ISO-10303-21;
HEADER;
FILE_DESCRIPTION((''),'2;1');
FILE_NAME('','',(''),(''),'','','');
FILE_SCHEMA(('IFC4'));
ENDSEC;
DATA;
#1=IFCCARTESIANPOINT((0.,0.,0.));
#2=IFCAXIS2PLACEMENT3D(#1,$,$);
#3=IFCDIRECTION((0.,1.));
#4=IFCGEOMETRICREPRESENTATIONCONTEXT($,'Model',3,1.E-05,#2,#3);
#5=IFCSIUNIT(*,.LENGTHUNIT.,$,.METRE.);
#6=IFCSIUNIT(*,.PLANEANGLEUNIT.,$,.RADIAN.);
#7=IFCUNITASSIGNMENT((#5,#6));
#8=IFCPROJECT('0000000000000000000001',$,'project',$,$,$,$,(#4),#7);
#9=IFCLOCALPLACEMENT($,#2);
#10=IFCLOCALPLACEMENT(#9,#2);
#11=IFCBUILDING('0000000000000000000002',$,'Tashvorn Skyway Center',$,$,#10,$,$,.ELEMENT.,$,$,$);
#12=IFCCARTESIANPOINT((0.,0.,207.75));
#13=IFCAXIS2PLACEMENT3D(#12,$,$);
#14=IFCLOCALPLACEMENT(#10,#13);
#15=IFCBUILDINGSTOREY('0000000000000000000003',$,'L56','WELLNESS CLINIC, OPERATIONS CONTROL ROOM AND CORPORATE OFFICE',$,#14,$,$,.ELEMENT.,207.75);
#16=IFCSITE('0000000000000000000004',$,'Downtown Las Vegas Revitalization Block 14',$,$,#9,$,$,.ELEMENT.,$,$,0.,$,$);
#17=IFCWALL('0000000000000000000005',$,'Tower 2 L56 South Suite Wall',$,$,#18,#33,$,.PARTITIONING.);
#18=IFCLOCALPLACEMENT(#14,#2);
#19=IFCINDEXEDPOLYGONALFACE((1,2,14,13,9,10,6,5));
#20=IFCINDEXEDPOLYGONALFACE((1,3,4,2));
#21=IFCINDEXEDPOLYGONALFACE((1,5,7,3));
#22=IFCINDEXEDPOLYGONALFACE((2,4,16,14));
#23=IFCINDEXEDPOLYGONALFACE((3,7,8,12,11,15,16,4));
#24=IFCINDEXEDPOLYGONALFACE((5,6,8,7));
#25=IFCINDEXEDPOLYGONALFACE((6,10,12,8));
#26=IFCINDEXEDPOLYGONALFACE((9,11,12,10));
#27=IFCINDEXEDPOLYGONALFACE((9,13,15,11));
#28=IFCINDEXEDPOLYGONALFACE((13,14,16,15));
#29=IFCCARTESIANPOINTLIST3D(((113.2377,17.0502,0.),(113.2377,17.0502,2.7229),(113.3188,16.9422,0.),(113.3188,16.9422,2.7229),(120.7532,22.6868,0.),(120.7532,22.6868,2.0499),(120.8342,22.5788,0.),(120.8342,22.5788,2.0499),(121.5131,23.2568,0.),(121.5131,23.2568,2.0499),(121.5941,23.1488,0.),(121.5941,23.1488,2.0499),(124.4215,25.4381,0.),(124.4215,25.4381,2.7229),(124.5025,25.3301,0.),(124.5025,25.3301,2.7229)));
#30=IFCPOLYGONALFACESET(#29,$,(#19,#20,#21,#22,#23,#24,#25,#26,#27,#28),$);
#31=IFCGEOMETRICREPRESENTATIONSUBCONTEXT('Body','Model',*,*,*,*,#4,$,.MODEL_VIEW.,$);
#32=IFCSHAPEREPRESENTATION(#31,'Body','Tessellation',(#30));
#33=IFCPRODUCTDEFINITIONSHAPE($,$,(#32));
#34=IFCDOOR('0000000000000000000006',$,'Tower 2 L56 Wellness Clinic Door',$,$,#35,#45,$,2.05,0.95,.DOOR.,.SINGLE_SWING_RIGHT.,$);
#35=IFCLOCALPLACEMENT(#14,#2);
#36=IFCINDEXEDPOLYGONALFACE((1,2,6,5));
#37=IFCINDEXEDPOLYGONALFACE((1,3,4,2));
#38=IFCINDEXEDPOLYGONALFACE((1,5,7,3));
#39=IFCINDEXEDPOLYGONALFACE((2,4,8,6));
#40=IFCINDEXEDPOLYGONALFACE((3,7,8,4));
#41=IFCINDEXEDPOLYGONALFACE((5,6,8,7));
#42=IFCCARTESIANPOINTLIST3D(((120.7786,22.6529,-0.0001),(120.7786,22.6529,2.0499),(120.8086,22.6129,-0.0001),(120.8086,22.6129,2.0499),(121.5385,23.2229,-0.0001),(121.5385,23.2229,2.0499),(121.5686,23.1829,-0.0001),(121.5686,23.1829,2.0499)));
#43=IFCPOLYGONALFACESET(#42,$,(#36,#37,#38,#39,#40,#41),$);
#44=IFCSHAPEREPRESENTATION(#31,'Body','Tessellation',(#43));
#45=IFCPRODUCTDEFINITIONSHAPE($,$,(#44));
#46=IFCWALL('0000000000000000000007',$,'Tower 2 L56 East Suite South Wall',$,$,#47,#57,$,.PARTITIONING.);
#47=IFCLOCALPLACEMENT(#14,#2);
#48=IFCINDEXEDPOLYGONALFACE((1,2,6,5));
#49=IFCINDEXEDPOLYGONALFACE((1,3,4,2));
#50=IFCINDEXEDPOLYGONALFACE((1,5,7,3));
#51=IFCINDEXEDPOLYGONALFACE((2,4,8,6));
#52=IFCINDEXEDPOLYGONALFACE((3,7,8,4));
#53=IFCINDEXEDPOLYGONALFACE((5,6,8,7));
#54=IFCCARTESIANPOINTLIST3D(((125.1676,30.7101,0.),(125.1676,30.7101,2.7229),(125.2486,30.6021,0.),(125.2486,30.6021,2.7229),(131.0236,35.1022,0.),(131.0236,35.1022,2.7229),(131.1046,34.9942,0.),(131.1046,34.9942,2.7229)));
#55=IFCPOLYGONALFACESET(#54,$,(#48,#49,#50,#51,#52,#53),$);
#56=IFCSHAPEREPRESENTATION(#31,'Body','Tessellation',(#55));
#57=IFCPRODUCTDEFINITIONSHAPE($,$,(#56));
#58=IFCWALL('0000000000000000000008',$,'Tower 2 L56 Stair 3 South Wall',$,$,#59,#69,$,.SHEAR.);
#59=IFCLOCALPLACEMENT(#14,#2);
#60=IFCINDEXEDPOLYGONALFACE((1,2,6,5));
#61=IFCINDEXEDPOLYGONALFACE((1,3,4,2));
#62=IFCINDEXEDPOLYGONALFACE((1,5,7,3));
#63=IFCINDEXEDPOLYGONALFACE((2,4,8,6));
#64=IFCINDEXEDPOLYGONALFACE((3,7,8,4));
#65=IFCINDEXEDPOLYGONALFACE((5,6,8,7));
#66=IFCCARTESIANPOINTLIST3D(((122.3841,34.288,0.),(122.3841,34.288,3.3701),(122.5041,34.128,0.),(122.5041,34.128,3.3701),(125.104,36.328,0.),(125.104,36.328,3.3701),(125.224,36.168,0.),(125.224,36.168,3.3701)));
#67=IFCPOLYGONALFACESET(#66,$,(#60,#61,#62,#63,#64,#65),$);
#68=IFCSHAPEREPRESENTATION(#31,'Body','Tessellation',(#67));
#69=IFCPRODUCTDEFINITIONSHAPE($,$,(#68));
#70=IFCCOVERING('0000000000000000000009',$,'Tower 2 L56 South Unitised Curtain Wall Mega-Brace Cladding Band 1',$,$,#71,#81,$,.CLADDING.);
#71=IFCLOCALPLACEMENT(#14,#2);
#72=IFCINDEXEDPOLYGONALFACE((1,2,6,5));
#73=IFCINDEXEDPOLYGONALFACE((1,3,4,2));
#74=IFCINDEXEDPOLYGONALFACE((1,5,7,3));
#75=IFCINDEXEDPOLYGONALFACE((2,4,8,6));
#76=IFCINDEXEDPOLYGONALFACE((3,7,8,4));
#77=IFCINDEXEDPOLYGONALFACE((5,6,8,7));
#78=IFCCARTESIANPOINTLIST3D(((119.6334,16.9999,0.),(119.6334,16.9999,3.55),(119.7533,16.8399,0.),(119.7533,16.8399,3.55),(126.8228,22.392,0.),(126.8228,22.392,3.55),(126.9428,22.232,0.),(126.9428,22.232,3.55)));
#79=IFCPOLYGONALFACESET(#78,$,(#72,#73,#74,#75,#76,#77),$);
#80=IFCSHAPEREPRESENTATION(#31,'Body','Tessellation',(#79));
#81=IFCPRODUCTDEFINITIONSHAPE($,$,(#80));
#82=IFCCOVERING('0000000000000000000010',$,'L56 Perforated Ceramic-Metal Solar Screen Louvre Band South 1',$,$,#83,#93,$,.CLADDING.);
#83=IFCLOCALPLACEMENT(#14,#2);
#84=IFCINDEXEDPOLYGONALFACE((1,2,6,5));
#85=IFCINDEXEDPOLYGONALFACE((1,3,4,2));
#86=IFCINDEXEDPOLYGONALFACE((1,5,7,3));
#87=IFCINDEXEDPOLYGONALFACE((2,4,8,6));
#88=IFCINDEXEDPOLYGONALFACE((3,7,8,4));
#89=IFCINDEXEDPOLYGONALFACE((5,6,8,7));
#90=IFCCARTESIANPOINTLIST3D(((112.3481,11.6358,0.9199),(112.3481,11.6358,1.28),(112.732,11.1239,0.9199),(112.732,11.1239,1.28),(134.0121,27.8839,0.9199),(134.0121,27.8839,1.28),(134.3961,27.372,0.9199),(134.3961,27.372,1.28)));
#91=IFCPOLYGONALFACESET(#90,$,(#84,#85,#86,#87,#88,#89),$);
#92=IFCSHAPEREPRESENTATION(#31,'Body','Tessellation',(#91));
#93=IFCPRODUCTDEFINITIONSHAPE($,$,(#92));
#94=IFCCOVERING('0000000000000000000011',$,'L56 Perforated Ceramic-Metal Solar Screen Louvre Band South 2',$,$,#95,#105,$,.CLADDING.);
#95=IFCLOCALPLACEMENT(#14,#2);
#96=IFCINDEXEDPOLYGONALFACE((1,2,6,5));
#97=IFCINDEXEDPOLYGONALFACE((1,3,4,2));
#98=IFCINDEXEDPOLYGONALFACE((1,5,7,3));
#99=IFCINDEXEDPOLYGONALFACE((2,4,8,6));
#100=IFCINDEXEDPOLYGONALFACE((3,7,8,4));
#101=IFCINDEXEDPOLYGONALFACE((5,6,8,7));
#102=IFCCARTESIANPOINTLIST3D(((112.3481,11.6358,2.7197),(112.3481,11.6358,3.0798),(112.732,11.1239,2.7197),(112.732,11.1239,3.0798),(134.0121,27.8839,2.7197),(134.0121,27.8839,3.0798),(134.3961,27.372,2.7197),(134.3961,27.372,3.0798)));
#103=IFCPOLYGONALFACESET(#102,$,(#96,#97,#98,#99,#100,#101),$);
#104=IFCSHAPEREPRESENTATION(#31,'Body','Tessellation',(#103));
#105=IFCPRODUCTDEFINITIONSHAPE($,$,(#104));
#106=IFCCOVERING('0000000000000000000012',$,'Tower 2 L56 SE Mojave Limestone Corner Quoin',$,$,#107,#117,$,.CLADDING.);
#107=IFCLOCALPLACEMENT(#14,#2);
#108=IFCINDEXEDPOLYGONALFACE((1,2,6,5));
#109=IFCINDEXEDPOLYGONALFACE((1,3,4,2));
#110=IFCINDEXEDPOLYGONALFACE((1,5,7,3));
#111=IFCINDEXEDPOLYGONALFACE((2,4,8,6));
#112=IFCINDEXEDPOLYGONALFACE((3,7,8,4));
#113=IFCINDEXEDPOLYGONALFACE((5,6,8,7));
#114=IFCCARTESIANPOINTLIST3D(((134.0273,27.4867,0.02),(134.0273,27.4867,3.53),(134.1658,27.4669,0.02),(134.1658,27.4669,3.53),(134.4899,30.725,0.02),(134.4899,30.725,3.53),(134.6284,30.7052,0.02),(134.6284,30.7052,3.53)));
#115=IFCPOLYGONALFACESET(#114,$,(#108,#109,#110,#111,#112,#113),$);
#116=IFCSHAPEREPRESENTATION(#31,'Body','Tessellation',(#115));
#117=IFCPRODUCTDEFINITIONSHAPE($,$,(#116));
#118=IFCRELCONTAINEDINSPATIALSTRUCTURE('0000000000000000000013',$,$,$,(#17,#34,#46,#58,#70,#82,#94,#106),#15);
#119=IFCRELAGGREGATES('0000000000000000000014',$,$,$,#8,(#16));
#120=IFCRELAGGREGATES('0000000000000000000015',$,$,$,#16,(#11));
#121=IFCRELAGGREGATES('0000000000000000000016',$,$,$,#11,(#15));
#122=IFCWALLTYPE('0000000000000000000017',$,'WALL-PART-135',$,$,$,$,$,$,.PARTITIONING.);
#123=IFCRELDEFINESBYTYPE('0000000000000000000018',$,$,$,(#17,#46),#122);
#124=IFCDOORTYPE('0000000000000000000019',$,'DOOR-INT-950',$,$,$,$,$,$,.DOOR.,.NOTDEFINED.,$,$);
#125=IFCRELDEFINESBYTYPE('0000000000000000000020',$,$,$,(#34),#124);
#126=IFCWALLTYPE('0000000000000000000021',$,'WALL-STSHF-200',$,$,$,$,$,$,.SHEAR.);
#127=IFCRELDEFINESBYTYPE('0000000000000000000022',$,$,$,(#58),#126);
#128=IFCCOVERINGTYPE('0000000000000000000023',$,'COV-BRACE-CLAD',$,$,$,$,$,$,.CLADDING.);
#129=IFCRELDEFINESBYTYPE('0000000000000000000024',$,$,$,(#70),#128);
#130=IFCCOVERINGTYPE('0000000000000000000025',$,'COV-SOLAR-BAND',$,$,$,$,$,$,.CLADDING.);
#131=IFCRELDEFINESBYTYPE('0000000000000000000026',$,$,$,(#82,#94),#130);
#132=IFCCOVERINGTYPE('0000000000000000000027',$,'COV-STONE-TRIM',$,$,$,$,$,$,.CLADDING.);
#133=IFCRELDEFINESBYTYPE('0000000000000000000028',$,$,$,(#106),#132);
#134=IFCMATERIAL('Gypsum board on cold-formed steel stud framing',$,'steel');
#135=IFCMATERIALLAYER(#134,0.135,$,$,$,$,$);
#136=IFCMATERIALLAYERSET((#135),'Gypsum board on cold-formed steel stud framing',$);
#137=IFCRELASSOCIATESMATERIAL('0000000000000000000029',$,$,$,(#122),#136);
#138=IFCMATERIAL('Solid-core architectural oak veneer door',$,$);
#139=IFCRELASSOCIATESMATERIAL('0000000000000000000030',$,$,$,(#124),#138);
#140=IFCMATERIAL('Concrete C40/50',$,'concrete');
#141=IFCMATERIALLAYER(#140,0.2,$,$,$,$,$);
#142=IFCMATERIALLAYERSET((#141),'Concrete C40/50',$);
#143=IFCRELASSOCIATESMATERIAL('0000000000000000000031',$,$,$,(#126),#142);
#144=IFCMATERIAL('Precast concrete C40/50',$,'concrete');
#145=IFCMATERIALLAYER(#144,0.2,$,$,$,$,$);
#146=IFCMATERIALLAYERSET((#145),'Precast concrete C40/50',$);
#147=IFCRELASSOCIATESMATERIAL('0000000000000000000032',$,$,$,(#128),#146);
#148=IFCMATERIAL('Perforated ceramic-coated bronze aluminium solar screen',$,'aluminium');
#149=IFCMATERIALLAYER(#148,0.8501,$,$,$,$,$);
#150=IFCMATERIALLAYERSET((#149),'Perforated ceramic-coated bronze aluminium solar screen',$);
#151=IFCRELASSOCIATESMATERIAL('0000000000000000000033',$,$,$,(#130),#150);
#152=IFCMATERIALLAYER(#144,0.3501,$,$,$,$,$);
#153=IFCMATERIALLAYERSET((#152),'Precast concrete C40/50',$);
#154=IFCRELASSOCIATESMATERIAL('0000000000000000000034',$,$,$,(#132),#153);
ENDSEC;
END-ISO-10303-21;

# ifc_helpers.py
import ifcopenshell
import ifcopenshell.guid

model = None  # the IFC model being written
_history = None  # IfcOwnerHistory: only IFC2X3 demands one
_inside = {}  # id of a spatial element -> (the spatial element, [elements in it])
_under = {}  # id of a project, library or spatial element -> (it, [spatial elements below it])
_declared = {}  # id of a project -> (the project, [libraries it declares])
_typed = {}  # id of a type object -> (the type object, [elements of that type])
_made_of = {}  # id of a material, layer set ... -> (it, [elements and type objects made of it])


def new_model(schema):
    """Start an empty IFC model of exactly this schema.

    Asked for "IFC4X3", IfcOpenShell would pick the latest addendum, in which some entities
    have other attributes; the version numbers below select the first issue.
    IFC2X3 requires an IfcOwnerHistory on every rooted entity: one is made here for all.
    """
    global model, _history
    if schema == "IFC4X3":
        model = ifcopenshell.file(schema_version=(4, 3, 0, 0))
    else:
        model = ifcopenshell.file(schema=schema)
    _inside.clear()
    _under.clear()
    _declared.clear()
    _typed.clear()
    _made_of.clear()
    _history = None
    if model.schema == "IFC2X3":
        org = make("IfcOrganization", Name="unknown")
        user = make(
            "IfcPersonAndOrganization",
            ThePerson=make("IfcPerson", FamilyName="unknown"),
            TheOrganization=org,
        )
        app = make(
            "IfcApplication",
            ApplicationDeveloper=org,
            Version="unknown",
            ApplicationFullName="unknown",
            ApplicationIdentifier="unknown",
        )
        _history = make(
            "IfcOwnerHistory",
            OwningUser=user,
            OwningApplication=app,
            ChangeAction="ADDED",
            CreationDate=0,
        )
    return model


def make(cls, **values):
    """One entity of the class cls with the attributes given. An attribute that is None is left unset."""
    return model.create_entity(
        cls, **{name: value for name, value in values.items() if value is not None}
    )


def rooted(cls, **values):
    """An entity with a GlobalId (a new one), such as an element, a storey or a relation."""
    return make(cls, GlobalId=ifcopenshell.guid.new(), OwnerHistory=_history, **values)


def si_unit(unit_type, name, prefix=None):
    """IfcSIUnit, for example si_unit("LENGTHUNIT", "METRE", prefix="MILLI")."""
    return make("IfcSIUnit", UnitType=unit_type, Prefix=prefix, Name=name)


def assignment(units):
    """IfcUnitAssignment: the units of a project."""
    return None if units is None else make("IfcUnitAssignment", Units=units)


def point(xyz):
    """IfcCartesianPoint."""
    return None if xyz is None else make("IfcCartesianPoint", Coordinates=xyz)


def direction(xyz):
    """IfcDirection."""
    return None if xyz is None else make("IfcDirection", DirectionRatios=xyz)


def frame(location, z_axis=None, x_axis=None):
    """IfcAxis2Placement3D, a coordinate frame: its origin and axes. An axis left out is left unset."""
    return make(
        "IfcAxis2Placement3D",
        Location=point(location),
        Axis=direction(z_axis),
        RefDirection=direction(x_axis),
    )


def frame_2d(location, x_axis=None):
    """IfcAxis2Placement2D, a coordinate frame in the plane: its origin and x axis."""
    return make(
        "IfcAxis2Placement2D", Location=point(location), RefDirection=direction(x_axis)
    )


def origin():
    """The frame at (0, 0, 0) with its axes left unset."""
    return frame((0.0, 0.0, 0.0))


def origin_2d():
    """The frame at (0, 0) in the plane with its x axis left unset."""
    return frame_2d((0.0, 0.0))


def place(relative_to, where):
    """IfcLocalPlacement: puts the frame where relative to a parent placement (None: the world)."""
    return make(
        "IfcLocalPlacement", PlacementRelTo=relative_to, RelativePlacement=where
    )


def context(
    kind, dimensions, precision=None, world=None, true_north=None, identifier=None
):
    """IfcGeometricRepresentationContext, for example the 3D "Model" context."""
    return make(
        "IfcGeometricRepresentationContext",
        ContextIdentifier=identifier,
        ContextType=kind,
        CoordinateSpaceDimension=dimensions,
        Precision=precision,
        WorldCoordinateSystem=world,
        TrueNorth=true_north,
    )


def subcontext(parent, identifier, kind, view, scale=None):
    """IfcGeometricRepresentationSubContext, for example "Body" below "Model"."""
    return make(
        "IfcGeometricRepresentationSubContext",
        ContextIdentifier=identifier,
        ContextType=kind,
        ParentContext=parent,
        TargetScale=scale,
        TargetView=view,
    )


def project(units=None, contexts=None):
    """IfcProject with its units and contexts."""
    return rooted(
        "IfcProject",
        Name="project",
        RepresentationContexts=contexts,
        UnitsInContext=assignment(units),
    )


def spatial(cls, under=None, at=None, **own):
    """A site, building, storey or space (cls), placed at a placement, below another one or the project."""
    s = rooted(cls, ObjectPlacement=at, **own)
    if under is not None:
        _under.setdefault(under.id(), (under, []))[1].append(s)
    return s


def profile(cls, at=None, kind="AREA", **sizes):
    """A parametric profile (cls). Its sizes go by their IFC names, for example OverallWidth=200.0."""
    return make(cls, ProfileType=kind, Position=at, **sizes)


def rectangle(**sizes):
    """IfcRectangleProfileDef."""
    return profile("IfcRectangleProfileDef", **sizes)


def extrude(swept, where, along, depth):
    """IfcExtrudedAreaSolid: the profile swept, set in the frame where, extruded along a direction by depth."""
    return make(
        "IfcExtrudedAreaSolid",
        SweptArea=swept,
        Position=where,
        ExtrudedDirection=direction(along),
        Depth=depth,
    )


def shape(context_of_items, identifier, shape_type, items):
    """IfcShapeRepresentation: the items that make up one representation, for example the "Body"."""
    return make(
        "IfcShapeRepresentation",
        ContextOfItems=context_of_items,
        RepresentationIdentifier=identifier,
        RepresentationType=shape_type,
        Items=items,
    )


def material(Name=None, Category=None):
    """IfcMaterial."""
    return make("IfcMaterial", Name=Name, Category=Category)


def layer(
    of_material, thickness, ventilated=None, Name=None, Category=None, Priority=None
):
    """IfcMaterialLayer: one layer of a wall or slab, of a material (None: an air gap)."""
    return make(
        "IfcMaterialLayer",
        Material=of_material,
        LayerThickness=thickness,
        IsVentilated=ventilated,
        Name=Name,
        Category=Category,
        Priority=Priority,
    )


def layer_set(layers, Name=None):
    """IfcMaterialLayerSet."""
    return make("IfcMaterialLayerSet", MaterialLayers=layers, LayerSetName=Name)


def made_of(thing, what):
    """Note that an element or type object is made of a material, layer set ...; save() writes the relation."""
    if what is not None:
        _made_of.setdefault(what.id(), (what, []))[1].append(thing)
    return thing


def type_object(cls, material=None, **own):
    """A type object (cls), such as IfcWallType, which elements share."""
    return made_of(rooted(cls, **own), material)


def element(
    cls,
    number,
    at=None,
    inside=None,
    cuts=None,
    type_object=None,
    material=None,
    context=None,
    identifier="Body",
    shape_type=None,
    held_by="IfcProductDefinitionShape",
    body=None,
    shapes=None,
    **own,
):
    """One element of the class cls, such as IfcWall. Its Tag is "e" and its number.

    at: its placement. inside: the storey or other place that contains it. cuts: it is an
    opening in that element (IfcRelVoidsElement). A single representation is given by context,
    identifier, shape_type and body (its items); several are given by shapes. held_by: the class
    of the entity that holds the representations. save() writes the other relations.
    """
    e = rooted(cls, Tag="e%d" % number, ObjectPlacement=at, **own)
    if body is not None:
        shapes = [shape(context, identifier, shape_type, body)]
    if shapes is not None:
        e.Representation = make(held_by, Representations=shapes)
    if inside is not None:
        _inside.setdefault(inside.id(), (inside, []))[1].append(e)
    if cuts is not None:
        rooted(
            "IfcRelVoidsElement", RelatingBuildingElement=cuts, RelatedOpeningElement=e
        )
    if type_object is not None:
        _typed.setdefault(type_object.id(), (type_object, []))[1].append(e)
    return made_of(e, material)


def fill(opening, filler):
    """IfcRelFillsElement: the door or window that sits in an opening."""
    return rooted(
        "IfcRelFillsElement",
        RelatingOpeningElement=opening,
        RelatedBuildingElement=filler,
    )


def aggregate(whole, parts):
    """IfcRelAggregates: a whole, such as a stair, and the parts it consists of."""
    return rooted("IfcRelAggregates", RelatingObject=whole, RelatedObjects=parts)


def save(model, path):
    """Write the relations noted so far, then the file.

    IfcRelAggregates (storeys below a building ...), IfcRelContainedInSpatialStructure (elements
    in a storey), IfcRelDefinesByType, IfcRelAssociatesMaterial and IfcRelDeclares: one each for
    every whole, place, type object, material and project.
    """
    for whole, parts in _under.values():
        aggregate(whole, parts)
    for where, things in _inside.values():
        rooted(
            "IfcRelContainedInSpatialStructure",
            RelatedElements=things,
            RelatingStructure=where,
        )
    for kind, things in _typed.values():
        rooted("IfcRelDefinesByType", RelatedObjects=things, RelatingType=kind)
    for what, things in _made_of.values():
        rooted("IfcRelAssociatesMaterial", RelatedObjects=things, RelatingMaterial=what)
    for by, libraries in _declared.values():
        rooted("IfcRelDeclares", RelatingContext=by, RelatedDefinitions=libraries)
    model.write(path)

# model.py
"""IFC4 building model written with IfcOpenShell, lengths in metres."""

from ifc_helpers import new_model, si_unit, direction, frame, frame_2d, origin, origin_2d, place, context, subcontext, project, spatial, rectangle, extrude, material, layer, layer_set, type_object, element, fill, save


model = new_model("IFC4")

# Units and contexts
model_context = context("Model", 3, precision=1e-05, world=origin(), true_north=direction((0.0, 1.0)))
body_context = subcontext(model_context, "Body", "Model", "MODEL_VIEW")
ifc_project = project(units=[si_unit("LENGTHUNIT", "METRE"), si_unit("PLANEANGLEUNIT", "RADIAN")], contexts=[model_context])

# Site, building, storey
site_placement = place(None, origin())
site = spatial("IfcSite", under=ifc_project, at=site_placement, Name="Downtown Las Vegas Revitalization Block 14", CompositionType="ELEMENT", RefElevation=0.0)
building_placement = place(site_placement, origin())
building = spatial("IfcBuilding", under=site, at=building_placement, Name="Tashvorn Skyway Center", CompositionType="ELEMENT")
storey_placement = place(building_placement, frame((0.0, 0.0, 207.75)))
storey = spatial("IfcBuildingStorey", under=building, at=storey_placement, Name="L56", Description="WELLNESS CLINIC, OPERATIONS CONTROL ROOM AND CORPORATE OFFICE", CompositionType="ELEMENT", Elevation=207.75)

# Shared definitions
ifc_material_1 = material(Name="Precast concrete C40/50", Category="concrete")
ifc_material_2 = material(Name="Gypsum board on cold-formed steel stud framing", Category="steel")

# Wall, opening, door
ifc_layer_1 = layer(ifc_material_2, 0.135)
ifc_layer_set_1 = layer_set([ifc_layer_1], Name="Gypsum board on cold-formed steel stud framing")
wall_type_1 = type_object("IfcWallType", Name="WALL-PART-135", PredefinedType="PARTITIONING", material=ifc_layer_set_1)
wall_1_placement = place(storey_placement, frame((124.4619, 25.384, 0.0), z_axis=(0.0, 0.0, 1.0), x_axis=(-0.799998, -0.600003, 0.0)))
wall_1 = element("IfcWall", 1, at=wall_1_placement, inside=storey, type_object=wall_type_1, Name="Tower 2 L56 South Suite Wall", PredefinedType="PARTITIONING", context=body_context, shape_type="SweptSolid", body=[
    extrude(rectangle(XDim=13.9797, YDim=0.135, at=frame_2d((6.9897, 0.0))), origin(), (0.0, 0.0, 1.0), 2.7229),
])
opening_1_placement = place(wall_1_placement, frame((3.6353, 0.0, 0.0)))
opening_1 = element("IfcOpeningElement", 2, at=opening_1_placement, cuts=wall_1, PredefinedType="OPENING", context=body_context, shape_type="SweptSolid", body=[
    extrude(rectangle(XDim=0.95, YDim=2.05, at=frame_2d((0.4751, 1.0249))), frame((0.0, 0.0774, 0.0), z_axis=(0.0, -1.0, 0.0), x_axis=(1.0, 0.0, 0.0)), (0.0, 0.0, 1.0), 0.155),
])
ifc_material_3 = material(Name="Solid-core architectural oak veneer door")
door_type_1 = type_object("IfcDoorType", Name="DOOR-INT-950", OperationType="NOTDEFINED", PredefinedType="DOOR", material=ifc_material_3)
door_1_placement = place(opening_1_placement, origin())
door_1 = element("IfcDoor", 3, at=door_1_placement, inside=storey, type_object=door_type_1, Name="Tower 2 L56 Wellness Clinic Door", OperationType="SINGLE_SWING_RIGHT", OverallHeight=2.05, OverallWidth=0.95, PredefinedType="DOOR", context=body_context, shape_type="SweptSolid", body=[
    extrude(rectangle(XDim=0.95, YDim=2.05, at=frame_2d((0.4751, 1.0249))), frame((0.0, 0.0249, 0.0), z_axis=(0.0, -1.0, 0.0), x_axis=(1.0, 0.0, 0.0)), (0.0, 0.0, 1.0), 0.05),
])
fill(opening_1, door_1)

# Walls
wall_2_placement = place(storey_placement, frame((125.208, 30.656, 0.0), z_axis=(0.0, 0.0, 1.0), x_axis=(0.799992, 0.600011, 0.0)))
element("IfcWall", 4, at=wall_2_placement, inside=storey, type_object=wall_type_1, Name="Tower 2 L56 East Suite South Wall", PredefinedType="PARTITIONING", context=body_context, shape_type="SweptSolid", body=[
    extrude(rectangle(XDim=7.3201, YDim=0.135, at=frame_2d((3.6602, 0.0))), origin(), (0.0, 0.0, 1.0), 2.7229),
])
ifc_material_4 = material(Name="Concrete C40/50", Category="concrete")
ifc_layer_2 = layer(ifc_material_4, 0.2)
ifc_layer_set_2 = layer_set([ifc_layer_2], Name="Concrete C40/50")
wall_type_2 = type_object("IfcWallType", Name="WALL-STSHF-200", PredefinedType="SHEAR", material=ifc_layer_set_2)
wall_3_placement = place(storey_placement, frame((122.4441, 34.208, 0.0), z_axis=(0.0, 0.0, 1.0), x_axis=(0.799991, 0.600011, 0.0)))
element("IfcWall", 5, at=wall_3_placement, inside=storey, type_object=wall_type_2, Name="Tower 2 L56 Stair 3 South Wall", PredefinedType="SHEAR", context=body_context, shape_type="SweptSolid", body=[
    extrude(rectangle(XDim=3.3999, YDim=0.2, at=frame_2d((1.7, 0.0))), origin(), (0.0, 0.0, 1.0), 3.3701),
])

# Coverings
ifc_layer_3 = layer(ifc_material_1, 0.2)
ifc_layer_set_3 = layer_set([ifc_layer_3], Name="Precast concrete C40/50")
covering_type_1 = type_object("IfcCoveringType", Name="COV-BRACE-CLAD", PredefinedType="CLADDING", material=ifc_layer_set_3)
covering_1_placement = place(storey_placement, frame((123.2881, 19.616, 0.0), z_axis=(0.0, 0.0, 1.0), x_axis=(-0.8, -0.6, 0.0)))
element("IfcCovering", 6, at=covering_1_placement, inside=storey, type_object=covering_type_1, Name="Tower 2 L56 South Unitised Curtain Wall Mega-Brace Cladding Band 1", PredefinedType="CLADDING", context=body_context, shape_type="SweptSolid", body=[
    extrude(rectangle(XDim=8.9868, YDim=0.2, at=origin_2d()), origin(), (0.0, 0.0, 1.0), 3.55),
])
ifc_material_5 = material(Name="Perforated ceramic-coated bronze aluminium solar screen", Category="aluminium")
ifc_layer_4 = layer(ifc_material_5, 0.8501)
ifc_layer_set_4 = layer_set([ifc_layer_4], Name="Perforated ceramic-coated bronze aluminium solar screen")
covering_type_2 = type_object("IfcCoveringType", Name="COV-SOLAR-BAND", PredefinedType="CLADDING", material=ifc_layer_set_4)
for number, where, z_axis, x_axis, name in (
    (7, (123.3721, 19.5039, 0.9199), (0.0, 0.0, 1.0), (-0.8, -0.6, 0.0), "L56 Perforated Ceramic-Metal Solar Screen Louvre Band South 1"),
    (8, (123.3721, 19.5039, 2.7197), (0.0, 0.0, 1.0), (-0.8, -0.6, 0.0), "L56 Perforated Ceramic-Metal Solar Screen Louvre Band South 2"),
):
    element("IfcCovering", number, at=place(storey_placement, frame(where, z_axis=z_axis, x_axis=x_axis)), inside=storey, type_object=covering_type_2, Name=name, PredefinedType="CLADDING", context=body_context, shape_type="SweptSolid", body=[
        extrude(rectangle(XDim=27.0801, YDim=0.6399, at=origin_2d()), origin(), (0.0, 0.0, 1.0), 0.3601),
    ])
ifc_layer_5 = layer(ifc_material_1, 0.3501)
ifc_layer_set_5 = layer_set([ifc_layer_5], Name="Precast concrete C40/50")
covering_type_3 = type_object("IfcCoveringType", Name="COV-STONE-TRIM", PredefinedType="CLADDING", material=ifc_layer_set_5)
covering_2_placement = place(storey_placement, frame((134.3279, 29.0959, 0.02), z_axis=(0.0, 0.0, 1.0), x_axis=(0.141421, 0.989949, 0.0)))
element("IfcCovering", 9, at=covering_2_placement, inside=storey, type_object=covering_type_3, Name="Tower 2 L56 SE Mojave Limestone Corner Quoin", PredefinedType="CLADDING", context=body_context, shape_type="SweptSolid", body=[
    extrude(rectangle(XDim=3.2712, YDim=0.1399, at=origin_2d()), origin(), (0.0, 0.0, 1.0), 3.51),
])

save(model, "model.ifc")
